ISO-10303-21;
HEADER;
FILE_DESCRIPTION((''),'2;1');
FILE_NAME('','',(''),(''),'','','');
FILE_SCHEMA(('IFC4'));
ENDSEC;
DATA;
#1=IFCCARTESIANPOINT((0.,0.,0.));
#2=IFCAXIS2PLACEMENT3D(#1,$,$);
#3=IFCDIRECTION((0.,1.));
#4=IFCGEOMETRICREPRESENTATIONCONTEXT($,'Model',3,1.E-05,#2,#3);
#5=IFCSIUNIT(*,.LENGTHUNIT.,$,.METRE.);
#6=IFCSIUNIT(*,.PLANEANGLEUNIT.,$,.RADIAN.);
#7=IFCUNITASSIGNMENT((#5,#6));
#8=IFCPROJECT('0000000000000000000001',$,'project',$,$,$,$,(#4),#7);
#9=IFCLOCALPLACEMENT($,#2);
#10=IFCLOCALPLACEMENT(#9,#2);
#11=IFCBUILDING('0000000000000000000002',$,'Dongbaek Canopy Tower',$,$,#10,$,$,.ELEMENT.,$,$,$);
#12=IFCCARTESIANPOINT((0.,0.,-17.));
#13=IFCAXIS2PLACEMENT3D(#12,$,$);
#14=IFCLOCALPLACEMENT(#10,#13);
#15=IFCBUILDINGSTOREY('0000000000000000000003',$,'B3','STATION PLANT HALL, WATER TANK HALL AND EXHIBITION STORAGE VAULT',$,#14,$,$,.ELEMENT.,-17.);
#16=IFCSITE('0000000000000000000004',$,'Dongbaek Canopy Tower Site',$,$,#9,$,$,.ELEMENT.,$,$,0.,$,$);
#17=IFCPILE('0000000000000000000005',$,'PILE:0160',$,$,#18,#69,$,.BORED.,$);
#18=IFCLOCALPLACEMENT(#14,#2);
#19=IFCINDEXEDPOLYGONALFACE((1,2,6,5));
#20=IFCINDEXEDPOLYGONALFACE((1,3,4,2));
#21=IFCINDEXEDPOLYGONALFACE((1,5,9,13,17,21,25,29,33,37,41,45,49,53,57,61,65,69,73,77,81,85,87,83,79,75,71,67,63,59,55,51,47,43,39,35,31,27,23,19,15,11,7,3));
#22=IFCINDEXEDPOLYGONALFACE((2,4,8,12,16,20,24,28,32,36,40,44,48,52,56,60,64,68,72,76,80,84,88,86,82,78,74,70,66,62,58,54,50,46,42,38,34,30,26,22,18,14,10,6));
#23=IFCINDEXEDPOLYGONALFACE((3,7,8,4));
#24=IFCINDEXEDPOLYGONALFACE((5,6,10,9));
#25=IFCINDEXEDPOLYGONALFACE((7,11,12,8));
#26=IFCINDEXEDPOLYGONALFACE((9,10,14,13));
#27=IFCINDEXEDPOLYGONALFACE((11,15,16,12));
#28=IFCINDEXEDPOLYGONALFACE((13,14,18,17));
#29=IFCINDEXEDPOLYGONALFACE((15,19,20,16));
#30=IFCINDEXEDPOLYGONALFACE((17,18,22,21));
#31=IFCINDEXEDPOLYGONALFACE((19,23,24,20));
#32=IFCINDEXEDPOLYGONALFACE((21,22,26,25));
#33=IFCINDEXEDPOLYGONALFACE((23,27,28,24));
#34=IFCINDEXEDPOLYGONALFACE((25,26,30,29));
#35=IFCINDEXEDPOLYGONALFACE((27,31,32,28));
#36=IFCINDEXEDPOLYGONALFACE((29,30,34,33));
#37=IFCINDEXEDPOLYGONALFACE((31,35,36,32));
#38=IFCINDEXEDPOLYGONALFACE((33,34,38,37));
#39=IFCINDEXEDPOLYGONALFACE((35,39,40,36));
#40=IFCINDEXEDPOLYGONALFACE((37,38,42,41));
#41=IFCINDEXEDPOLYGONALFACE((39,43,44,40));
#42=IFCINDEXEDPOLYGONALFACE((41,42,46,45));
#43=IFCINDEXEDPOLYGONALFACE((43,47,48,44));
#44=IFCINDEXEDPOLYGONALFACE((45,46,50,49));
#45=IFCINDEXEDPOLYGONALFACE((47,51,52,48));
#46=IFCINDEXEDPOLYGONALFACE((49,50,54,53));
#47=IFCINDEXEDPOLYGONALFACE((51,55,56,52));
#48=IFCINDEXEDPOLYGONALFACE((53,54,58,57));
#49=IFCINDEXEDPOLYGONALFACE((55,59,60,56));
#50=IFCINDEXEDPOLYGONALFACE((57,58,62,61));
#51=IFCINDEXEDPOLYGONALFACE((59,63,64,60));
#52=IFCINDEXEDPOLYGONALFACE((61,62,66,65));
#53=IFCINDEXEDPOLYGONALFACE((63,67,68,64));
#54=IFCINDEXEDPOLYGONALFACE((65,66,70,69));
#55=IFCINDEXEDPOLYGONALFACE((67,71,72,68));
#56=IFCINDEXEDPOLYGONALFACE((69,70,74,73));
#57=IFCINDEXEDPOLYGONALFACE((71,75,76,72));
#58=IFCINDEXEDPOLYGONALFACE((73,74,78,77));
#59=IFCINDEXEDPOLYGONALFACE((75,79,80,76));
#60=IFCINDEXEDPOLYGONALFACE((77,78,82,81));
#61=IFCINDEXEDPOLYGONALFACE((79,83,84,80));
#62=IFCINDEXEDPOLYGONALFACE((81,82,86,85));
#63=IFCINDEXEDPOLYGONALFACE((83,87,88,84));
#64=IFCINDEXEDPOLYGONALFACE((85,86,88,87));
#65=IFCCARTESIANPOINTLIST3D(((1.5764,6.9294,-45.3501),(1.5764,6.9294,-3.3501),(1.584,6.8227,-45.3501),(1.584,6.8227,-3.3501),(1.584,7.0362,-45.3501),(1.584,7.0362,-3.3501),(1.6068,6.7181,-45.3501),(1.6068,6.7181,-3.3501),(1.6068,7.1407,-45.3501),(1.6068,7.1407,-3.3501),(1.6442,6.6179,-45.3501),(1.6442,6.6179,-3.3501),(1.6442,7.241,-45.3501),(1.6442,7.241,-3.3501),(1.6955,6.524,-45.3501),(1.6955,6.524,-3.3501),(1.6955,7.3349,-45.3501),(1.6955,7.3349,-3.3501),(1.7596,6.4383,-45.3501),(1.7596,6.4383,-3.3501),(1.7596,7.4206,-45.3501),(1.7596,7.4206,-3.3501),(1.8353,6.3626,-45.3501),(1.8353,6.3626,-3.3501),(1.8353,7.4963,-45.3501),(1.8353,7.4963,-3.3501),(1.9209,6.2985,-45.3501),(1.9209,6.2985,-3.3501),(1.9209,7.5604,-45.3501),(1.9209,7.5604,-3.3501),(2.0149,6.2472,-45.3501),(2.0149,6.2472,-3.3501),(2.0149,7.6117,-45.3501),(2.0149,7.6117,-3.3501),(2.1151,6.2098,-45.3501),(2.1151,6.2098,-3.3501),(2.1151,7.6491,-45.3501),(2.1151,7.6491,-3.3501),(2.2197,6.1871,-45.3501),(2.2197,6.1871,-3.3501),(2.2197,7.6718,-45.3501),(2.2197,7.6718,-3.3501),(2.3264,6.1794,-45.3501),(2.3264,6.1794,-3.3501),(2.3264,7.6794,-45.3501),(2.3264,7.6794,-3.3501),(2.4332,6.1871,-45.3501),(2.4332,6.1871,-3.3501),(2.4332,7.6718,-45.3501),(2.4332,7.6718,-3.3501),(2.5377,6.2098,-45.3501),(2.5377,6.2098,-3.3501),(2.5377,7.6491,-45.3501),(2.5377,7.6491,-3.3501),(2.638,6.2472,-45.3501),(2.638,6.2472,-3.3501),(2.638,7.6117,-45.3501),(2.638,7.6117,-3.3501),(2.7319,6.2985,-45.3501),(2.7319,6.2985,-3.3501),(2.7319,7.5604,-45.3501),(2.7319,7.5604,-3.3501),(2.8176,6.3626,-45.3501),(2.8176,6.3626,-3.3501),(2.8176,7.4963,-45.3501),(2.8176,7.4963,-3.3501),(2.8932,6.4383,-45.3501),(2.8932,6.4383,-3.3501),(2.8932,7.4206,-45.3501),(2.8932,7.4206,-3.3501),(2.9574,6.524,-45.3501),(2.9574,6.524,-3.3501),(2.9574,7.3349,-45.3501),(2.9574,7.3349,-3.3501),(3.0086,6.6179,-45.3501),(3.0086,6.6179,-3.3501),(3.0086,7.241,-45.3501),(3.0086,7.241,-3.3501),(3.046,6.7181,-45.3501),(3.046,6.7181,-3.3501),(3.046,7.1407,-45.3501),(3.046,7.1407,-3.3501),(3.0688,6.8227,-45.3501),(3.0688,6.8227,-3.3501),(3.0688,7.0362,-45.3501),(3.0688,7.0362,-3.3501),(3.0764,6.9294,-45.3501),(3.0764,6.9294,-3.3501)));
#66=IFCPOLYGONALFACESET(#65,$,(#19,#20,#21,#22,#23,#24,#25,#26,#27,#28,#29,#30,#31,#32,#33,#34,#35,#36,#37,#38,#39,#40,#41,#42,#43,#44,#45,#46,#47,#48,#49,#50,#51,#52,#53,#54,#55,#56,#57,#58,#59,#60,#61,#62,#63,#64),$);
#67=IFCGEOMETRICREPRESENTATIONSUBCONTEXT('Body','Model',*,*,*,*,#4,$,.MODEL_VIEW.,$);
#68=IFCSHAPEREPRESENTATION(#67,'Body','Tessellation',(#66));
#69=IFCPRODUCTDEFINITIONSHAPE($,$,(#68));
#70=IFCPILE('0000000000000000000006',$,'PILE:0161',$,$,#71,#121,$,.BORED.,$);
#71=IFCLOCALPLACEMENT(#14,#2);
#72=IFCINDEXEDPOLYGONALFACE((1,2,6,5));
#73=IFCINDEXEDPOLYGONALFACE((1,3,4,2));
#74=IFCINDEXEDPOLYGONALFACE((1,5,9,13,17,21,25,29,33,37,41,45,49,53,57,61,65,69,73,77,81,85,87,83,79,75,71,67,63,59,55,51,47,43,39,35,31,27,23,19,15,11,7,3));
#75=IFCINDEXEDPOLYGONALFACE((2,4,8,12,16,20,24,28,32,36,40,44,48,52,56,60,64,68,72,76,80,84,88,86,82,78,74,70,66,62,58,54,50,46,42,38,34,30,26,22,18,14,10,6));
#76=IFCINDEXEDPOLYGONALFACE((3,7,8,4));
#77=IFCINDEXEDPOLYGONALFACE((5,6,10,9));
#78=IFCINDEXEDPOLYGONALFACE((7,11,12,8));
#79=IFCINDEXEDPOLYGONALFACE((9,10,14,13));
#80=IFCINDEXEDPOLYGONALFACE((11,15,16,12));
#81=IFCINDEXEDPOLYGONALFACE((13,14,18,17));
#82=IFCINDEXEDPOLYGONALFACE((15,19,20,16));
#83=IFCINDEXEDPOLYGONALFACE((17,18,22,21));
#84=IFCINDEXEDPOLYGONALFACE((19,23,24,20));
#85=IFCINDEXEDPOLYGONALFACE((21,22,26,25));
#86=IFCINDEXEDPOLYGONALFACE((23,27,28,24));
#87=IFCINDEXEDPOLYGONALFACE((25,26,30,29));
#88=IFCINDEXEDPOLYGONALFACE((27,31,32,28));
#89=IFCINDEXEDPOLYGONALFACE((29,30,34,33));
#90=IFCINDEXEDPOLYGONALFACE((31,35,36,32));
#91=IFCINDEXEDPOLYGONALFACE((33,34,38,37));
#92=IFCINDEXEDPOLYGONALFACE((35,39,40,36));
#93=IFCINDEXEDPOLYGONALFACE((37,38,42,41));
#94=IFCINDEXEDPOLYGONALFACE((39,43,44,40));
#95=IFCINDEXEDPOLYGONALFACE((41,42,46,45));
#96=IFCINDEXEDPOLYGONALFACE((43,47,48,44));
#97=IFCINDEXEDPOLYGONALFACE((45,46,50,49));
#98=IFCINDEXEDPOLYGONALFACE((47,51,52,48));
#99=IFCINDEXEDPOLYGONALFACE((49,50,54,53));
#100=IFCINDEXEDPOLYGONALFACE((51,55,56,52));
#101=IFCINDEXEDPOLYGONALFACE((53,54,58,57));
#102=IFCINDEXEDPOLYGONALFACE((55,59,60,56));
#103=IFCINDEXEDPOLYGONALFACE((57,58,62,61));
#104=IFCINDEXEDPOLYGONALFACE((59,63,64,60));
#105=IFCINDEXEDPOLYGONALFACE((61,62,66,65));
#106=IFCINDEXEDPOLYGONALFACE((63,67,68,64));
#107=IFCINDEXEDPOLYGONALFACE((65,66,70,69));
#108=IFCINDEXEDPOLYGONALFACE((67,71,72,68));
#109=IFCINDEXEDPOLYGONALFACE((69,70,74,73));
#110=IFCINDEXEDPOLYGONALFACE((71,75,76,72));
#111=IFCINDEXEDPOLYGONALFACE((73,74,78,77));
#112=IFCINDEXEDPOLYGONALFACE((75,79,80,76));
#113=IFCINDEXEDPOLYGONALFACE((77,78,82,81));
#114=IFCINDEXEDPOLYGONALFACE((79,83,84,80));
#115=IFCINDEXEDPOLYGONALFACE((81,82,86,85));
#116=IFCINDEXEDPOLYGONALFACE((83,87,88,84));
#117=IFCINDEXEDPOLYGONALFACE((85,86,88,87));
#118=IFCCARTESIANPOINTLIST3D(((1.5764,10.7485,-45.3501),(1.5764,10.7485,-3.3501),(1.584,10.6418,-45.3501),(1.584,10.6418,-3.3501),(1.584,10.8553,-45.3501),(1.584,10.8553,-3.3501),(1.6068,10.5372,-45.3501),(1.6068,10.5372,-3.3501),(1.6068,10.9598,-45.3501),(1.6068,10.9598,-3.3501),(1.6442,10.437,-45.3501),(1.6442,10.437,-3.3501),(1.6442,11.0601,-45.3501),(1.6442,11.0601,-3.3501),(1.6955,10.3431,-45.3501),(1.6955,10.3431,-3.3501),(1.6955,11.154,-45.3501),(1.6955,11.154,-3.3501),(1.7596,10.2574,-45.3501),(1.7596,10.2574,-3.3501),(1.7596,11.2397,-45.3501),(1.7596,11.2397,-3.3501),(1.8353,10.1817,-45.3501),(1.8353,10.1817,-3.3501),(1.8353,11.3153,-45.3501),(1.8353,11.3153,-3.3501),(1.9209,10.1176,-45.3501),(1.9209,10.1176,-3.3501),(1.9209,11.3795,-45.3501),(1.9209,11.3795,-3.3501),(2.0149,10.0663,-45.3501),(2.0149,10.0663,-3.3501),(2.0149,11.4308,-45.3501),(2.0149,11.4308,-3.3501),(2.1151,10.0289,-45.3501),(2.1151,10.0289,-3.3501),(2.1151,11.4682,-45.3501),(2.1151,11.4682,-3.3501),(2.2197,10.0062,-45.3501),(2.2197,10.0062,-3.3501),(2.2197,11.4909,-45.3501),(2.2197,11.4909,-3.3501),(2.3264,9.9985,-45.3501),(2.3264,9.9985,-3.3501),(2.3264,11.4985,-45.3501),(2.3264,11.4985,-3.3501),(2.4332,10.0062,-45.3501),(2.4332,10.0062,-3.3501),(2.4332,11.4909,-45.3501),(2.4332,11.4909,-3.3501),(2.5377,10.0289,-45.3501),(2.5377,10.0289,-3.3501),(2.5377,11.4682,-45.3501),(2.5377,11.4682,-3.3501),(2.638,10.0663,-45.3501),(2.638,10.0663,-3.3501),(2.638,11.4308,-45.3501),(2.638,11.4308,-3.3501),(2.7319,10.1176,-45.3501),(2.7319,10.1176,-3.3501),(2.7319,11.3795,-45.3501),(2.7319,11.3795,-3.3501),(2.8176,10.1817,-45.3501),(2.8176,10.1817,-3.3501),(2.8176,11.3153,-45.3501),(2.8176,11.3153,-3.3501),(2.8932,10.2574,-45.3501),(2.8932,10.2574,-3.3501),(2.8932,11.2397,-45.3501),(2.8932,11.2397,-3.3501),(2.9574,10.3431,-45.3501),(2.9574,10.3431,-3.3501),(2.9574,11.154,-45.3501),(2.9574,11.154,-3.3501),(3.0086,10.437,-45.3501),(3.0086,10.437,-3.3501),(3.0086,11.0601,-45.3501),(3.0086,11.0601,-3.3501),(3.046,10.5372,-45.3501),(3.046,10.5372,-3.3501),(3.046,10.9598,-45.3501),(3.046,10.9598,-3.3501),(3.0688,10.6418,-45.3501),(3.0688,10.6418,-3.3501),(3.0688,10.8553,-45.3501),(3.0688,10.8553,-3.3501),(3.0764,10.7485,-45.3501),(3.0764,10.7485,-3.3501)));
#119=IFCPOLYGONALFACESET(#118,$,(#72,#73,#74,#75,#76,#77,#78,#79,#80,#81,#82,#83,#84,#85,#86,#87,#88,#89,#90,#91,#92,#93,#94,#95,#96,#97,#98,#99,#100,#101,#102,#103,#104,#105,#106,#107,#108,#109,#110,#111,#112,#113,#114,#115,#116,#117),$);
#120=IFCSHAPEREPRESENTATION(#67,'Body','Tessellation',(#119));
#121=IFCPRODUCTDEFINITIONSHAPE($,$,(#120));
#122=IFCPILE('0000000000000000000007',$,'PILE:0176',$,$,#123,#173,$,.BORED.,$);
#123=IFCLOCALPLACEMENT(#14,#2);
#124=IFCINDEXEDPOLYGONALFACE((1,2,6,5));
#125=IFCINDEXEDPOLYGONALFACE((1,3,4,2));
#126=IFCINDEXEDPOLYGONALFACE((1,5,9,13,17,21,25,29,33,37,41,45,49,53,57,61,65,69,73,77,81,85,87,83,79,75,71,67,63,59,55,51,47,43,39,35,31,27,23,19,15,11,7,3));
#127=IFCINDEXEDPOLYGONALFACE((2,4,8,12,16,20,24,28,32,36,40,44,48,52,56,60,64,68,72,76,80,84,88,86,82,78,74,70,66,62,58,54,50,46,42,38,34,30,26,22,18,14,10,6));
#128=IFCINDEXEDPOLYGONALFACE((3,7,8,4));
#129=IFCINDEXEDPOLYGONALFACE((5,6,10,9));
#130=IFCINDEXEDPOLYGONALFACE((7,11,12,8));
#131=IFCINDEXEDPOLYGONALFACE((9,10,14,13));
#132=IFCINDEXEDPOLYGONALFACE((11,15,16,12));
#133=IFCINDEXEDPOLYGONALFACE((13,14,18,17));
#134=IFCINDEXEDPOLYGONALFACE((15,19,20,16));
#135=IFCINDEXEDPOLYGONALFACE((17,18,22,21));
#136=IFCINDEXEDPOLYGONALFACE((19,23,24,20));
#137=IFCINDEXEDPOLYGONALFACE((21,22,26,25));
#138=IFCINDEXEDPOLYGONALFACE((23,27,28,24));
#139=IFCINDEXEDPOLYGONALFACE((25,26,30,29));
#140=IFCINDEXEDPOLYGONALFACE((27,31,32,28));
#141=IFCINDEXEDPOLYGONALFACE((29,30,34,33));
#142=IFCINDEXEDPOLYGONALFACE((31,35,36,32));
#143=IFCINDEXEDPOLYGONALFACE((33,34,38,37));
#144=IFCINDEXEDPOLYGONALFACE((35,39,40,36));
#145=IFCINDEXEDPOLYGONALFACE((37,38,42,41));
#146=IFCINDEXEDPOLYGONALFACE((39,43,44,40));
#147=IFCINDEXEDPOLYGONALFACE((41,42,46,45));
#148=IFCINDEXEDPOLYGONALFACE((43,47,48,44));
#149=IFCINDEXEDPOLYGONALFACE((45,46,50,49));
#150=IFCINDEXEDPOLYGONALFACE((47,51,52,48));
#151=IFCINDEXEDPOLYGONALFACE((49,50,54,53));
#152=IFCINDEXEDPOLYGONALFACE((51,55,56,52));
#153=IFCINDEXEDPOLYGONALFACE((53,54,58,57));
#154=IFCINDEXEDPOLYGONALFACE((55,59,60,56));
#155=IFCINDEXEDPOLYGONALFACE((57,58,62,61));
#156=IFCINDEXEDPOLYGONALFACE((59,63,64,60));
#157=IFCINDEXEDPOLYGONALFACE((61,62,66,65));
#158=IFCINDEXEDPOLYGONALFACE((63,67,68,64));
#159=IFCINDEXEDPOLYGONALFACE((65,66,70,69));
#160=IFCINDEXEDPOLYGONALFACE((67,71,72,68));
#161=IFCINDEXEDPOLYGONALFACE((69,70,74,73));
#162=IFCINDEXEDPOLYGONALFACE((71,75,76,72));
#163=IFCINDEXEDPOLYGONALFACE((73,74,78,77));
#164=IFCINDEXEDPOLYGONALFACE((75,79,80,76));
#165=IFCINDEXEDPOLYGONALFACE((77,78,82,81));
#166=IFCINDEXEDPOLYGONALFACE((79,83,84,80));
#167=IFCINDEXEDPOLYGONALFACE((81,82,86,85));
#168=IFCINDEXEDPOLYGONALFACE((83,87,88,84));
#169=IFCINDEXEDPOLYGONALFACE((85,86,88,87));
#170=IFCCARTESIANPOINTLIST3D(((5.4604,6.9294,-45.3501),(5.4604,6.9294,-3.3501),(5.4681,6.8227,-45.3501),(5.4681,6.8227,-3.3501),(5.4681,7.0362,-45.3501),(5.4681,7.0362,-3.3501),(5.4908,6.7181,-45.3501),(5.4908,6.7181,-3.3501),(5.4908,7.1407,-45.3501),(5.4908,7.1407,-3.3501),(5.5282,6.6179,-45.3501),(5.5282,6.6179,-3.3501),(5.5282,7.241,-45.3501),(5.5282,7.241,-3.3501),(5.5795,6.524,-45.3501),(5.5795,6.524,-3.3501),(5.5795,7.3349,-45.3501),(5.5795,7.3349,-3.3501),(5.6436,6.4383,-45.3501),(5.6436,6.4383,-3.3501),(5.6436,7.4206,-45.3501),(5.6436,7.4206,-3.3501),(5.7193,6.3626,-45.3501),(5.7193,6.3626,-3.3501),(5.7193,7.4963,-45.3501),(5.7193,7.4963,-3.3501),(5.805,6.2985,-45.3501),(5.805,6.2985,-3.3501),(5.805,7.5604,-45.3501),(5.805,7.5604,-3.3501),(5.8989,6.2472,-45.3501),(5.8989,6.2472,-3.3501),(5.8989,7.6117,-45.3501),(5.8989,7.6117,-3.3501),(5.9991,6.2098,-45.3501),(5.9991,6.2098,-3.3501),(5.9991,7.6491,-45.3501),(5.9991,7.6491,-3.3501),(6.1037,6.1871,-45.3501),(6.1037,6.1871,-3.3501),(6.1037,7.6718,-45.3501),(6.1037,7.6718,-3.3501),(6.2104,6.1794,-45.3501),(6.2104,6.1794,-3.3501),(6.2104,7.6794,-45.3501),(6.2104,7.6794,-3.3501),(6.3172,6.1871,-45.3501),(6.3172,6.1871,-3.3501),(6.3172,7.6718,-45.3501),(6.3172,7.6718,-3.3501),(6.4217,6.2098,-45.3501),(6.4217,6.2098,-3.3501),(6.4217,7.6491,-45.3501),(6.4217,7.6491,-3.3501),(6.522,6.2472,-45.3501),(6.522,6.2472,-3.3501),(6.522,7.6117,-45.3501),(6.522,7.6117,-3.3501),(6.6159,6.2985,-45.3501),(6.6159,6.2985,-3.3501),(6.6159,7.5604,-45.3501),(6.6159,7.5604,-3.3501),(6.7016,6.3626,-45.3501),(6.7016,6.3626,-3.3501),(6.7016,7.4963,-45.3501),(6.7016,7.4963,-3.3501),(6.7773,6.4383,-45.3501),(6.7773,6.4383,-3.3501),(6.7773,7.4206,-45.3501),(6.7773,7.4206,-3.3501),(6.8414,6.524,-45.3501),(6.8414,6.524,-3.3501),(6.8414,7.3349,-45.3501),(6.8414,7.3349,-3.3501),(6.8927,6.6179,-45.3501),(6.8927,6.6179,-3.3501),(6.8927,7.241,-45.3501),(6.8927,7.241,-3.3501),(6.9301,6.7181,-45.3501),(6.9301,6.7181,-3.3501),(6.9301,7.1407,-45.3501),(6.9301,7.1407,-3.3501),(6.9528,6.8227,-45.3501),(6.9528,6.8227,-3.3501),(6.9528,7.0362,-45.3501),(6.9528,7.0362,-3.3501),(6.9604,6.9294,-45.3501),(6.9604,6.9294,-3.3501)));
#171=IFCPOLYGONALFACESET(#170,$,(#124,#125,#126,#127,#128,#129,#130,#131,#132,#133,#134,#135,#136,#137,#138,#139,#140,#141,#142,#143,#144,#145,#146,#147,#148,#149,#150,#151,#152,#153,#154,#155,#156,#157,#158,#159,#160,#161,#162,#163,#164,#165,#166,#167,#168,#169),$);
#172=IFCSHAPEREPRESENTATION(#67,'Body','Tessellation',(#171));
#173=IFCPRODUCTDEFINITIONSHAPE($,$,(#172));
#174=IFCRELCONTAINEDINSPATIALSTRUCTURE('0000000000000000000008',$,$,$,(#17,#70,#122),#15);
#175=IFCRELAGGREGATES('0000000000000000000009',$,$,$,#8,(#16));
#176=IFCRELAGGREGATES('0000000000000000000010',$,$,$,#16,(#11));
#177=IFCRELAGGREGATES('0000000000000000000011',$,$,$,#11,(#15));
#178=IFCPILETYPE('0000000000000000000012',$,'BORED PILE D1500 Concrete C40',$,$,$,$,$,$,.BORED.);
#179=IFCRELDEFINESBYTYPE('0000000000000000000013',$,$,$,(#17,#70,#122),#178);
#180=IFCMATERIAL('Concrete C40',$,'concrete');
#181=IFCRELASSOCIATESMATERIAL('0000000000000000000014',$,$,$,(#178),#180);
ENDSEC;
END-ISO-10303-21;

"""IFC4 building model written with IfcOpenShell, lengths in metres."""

from ifc_helpers import new_model, si_unit, direction, frame, origin, origin_2d, place, context, subcontext, project, spatial, circle, extrude, material, material_profile, profile_set, type_object, element, save


model = new_model("IFC4")

# Units and contexts
model_context = context("Model", 3, precision=1e-05, world=origin(), true_north=direction((0.0, 1.0)))
body_context = subcontext(model_context, "Body", "Model", "MODEL_VIEW")
ifc_project = project(units=[si_unit("LENGTHUNIT", "METRE"), si_unit("PLANEANGLEUNIT", "RADIAN")], contexts=[model_context])

# Site, building, storey
site_placement = place(None, origin())
site = spatial("IfcSite", under=ifc_project, at=site_placement, Name="Dongbaek Canopy Tower Site", CompositionType="ELEMENT", RefElevation=0.0)
building_placement = place(site_placement, origin())
building = spatial("IfcBuilding", under=site, at=building_placement, Name="Dongbaek Canopy Tower", CompositionType="ELEMENT")
storey_placement = place(building_placement, frame((0.0, 0.0, -17.0)))
storey = spatial("IfcBuildingStorey", under=building, at=storey_placement, Name="B3", Description="STATION PLANT HALL, WATER TANK HALL AND EXHIBITION STORAGE VAULT", CompositionType="ELEMENT", Elevation=-17.0)

# Piles
ifc_material_1 = material(Name="Concrete C40", Category="concrete")
ifc_material_profile = material_profile(ifc_material_1, circle(Radius=0.75, at=origin_2d()), Name="BORED PILE D1500 Concrete C40")
ifc_profile_set = profile_set([ifc_material_profile], Name="Concrete C40")
pile_type = type_object("IfcPileType", Name="BORED PILE D1500 Concrete C40", PredefinedType="BORED", material=ifc_profile_set)
for number, where, z_axis, x_axis, name in (
    (1, (2.3264, 6.9294, -3.3501), (0.0, 0.0, -1.0), (1.0, 0.0, 0.0), "PILE:0160"),
    (2, (2.3264, 10.7485, -3.3501), (0.0, 0.0, -1.0), (1.0, 0.0, 0.0), "PILE:0161"),
    (3, (6.2104, 6.9294, -3.3501), (0.0, 0.0, -1.0), (1.0, 0.0, 0.0), "PILE:0176"),
):
    element("IfcPile", number, at=place(storey_placement, frame(where, z_axis=z_axis, x_axis=x_axis)), inside=storey, type_object=pile_type, Name=name, PredefinedType="BORED", context=body_context, shape_type="SweptSolid", body=[
        extrude(circle(Radius=0.75, at=origin_2d()), origin(), (0.0, 0.0, 1.0), 42.0),
    ])

save(model, "model.ifc")
